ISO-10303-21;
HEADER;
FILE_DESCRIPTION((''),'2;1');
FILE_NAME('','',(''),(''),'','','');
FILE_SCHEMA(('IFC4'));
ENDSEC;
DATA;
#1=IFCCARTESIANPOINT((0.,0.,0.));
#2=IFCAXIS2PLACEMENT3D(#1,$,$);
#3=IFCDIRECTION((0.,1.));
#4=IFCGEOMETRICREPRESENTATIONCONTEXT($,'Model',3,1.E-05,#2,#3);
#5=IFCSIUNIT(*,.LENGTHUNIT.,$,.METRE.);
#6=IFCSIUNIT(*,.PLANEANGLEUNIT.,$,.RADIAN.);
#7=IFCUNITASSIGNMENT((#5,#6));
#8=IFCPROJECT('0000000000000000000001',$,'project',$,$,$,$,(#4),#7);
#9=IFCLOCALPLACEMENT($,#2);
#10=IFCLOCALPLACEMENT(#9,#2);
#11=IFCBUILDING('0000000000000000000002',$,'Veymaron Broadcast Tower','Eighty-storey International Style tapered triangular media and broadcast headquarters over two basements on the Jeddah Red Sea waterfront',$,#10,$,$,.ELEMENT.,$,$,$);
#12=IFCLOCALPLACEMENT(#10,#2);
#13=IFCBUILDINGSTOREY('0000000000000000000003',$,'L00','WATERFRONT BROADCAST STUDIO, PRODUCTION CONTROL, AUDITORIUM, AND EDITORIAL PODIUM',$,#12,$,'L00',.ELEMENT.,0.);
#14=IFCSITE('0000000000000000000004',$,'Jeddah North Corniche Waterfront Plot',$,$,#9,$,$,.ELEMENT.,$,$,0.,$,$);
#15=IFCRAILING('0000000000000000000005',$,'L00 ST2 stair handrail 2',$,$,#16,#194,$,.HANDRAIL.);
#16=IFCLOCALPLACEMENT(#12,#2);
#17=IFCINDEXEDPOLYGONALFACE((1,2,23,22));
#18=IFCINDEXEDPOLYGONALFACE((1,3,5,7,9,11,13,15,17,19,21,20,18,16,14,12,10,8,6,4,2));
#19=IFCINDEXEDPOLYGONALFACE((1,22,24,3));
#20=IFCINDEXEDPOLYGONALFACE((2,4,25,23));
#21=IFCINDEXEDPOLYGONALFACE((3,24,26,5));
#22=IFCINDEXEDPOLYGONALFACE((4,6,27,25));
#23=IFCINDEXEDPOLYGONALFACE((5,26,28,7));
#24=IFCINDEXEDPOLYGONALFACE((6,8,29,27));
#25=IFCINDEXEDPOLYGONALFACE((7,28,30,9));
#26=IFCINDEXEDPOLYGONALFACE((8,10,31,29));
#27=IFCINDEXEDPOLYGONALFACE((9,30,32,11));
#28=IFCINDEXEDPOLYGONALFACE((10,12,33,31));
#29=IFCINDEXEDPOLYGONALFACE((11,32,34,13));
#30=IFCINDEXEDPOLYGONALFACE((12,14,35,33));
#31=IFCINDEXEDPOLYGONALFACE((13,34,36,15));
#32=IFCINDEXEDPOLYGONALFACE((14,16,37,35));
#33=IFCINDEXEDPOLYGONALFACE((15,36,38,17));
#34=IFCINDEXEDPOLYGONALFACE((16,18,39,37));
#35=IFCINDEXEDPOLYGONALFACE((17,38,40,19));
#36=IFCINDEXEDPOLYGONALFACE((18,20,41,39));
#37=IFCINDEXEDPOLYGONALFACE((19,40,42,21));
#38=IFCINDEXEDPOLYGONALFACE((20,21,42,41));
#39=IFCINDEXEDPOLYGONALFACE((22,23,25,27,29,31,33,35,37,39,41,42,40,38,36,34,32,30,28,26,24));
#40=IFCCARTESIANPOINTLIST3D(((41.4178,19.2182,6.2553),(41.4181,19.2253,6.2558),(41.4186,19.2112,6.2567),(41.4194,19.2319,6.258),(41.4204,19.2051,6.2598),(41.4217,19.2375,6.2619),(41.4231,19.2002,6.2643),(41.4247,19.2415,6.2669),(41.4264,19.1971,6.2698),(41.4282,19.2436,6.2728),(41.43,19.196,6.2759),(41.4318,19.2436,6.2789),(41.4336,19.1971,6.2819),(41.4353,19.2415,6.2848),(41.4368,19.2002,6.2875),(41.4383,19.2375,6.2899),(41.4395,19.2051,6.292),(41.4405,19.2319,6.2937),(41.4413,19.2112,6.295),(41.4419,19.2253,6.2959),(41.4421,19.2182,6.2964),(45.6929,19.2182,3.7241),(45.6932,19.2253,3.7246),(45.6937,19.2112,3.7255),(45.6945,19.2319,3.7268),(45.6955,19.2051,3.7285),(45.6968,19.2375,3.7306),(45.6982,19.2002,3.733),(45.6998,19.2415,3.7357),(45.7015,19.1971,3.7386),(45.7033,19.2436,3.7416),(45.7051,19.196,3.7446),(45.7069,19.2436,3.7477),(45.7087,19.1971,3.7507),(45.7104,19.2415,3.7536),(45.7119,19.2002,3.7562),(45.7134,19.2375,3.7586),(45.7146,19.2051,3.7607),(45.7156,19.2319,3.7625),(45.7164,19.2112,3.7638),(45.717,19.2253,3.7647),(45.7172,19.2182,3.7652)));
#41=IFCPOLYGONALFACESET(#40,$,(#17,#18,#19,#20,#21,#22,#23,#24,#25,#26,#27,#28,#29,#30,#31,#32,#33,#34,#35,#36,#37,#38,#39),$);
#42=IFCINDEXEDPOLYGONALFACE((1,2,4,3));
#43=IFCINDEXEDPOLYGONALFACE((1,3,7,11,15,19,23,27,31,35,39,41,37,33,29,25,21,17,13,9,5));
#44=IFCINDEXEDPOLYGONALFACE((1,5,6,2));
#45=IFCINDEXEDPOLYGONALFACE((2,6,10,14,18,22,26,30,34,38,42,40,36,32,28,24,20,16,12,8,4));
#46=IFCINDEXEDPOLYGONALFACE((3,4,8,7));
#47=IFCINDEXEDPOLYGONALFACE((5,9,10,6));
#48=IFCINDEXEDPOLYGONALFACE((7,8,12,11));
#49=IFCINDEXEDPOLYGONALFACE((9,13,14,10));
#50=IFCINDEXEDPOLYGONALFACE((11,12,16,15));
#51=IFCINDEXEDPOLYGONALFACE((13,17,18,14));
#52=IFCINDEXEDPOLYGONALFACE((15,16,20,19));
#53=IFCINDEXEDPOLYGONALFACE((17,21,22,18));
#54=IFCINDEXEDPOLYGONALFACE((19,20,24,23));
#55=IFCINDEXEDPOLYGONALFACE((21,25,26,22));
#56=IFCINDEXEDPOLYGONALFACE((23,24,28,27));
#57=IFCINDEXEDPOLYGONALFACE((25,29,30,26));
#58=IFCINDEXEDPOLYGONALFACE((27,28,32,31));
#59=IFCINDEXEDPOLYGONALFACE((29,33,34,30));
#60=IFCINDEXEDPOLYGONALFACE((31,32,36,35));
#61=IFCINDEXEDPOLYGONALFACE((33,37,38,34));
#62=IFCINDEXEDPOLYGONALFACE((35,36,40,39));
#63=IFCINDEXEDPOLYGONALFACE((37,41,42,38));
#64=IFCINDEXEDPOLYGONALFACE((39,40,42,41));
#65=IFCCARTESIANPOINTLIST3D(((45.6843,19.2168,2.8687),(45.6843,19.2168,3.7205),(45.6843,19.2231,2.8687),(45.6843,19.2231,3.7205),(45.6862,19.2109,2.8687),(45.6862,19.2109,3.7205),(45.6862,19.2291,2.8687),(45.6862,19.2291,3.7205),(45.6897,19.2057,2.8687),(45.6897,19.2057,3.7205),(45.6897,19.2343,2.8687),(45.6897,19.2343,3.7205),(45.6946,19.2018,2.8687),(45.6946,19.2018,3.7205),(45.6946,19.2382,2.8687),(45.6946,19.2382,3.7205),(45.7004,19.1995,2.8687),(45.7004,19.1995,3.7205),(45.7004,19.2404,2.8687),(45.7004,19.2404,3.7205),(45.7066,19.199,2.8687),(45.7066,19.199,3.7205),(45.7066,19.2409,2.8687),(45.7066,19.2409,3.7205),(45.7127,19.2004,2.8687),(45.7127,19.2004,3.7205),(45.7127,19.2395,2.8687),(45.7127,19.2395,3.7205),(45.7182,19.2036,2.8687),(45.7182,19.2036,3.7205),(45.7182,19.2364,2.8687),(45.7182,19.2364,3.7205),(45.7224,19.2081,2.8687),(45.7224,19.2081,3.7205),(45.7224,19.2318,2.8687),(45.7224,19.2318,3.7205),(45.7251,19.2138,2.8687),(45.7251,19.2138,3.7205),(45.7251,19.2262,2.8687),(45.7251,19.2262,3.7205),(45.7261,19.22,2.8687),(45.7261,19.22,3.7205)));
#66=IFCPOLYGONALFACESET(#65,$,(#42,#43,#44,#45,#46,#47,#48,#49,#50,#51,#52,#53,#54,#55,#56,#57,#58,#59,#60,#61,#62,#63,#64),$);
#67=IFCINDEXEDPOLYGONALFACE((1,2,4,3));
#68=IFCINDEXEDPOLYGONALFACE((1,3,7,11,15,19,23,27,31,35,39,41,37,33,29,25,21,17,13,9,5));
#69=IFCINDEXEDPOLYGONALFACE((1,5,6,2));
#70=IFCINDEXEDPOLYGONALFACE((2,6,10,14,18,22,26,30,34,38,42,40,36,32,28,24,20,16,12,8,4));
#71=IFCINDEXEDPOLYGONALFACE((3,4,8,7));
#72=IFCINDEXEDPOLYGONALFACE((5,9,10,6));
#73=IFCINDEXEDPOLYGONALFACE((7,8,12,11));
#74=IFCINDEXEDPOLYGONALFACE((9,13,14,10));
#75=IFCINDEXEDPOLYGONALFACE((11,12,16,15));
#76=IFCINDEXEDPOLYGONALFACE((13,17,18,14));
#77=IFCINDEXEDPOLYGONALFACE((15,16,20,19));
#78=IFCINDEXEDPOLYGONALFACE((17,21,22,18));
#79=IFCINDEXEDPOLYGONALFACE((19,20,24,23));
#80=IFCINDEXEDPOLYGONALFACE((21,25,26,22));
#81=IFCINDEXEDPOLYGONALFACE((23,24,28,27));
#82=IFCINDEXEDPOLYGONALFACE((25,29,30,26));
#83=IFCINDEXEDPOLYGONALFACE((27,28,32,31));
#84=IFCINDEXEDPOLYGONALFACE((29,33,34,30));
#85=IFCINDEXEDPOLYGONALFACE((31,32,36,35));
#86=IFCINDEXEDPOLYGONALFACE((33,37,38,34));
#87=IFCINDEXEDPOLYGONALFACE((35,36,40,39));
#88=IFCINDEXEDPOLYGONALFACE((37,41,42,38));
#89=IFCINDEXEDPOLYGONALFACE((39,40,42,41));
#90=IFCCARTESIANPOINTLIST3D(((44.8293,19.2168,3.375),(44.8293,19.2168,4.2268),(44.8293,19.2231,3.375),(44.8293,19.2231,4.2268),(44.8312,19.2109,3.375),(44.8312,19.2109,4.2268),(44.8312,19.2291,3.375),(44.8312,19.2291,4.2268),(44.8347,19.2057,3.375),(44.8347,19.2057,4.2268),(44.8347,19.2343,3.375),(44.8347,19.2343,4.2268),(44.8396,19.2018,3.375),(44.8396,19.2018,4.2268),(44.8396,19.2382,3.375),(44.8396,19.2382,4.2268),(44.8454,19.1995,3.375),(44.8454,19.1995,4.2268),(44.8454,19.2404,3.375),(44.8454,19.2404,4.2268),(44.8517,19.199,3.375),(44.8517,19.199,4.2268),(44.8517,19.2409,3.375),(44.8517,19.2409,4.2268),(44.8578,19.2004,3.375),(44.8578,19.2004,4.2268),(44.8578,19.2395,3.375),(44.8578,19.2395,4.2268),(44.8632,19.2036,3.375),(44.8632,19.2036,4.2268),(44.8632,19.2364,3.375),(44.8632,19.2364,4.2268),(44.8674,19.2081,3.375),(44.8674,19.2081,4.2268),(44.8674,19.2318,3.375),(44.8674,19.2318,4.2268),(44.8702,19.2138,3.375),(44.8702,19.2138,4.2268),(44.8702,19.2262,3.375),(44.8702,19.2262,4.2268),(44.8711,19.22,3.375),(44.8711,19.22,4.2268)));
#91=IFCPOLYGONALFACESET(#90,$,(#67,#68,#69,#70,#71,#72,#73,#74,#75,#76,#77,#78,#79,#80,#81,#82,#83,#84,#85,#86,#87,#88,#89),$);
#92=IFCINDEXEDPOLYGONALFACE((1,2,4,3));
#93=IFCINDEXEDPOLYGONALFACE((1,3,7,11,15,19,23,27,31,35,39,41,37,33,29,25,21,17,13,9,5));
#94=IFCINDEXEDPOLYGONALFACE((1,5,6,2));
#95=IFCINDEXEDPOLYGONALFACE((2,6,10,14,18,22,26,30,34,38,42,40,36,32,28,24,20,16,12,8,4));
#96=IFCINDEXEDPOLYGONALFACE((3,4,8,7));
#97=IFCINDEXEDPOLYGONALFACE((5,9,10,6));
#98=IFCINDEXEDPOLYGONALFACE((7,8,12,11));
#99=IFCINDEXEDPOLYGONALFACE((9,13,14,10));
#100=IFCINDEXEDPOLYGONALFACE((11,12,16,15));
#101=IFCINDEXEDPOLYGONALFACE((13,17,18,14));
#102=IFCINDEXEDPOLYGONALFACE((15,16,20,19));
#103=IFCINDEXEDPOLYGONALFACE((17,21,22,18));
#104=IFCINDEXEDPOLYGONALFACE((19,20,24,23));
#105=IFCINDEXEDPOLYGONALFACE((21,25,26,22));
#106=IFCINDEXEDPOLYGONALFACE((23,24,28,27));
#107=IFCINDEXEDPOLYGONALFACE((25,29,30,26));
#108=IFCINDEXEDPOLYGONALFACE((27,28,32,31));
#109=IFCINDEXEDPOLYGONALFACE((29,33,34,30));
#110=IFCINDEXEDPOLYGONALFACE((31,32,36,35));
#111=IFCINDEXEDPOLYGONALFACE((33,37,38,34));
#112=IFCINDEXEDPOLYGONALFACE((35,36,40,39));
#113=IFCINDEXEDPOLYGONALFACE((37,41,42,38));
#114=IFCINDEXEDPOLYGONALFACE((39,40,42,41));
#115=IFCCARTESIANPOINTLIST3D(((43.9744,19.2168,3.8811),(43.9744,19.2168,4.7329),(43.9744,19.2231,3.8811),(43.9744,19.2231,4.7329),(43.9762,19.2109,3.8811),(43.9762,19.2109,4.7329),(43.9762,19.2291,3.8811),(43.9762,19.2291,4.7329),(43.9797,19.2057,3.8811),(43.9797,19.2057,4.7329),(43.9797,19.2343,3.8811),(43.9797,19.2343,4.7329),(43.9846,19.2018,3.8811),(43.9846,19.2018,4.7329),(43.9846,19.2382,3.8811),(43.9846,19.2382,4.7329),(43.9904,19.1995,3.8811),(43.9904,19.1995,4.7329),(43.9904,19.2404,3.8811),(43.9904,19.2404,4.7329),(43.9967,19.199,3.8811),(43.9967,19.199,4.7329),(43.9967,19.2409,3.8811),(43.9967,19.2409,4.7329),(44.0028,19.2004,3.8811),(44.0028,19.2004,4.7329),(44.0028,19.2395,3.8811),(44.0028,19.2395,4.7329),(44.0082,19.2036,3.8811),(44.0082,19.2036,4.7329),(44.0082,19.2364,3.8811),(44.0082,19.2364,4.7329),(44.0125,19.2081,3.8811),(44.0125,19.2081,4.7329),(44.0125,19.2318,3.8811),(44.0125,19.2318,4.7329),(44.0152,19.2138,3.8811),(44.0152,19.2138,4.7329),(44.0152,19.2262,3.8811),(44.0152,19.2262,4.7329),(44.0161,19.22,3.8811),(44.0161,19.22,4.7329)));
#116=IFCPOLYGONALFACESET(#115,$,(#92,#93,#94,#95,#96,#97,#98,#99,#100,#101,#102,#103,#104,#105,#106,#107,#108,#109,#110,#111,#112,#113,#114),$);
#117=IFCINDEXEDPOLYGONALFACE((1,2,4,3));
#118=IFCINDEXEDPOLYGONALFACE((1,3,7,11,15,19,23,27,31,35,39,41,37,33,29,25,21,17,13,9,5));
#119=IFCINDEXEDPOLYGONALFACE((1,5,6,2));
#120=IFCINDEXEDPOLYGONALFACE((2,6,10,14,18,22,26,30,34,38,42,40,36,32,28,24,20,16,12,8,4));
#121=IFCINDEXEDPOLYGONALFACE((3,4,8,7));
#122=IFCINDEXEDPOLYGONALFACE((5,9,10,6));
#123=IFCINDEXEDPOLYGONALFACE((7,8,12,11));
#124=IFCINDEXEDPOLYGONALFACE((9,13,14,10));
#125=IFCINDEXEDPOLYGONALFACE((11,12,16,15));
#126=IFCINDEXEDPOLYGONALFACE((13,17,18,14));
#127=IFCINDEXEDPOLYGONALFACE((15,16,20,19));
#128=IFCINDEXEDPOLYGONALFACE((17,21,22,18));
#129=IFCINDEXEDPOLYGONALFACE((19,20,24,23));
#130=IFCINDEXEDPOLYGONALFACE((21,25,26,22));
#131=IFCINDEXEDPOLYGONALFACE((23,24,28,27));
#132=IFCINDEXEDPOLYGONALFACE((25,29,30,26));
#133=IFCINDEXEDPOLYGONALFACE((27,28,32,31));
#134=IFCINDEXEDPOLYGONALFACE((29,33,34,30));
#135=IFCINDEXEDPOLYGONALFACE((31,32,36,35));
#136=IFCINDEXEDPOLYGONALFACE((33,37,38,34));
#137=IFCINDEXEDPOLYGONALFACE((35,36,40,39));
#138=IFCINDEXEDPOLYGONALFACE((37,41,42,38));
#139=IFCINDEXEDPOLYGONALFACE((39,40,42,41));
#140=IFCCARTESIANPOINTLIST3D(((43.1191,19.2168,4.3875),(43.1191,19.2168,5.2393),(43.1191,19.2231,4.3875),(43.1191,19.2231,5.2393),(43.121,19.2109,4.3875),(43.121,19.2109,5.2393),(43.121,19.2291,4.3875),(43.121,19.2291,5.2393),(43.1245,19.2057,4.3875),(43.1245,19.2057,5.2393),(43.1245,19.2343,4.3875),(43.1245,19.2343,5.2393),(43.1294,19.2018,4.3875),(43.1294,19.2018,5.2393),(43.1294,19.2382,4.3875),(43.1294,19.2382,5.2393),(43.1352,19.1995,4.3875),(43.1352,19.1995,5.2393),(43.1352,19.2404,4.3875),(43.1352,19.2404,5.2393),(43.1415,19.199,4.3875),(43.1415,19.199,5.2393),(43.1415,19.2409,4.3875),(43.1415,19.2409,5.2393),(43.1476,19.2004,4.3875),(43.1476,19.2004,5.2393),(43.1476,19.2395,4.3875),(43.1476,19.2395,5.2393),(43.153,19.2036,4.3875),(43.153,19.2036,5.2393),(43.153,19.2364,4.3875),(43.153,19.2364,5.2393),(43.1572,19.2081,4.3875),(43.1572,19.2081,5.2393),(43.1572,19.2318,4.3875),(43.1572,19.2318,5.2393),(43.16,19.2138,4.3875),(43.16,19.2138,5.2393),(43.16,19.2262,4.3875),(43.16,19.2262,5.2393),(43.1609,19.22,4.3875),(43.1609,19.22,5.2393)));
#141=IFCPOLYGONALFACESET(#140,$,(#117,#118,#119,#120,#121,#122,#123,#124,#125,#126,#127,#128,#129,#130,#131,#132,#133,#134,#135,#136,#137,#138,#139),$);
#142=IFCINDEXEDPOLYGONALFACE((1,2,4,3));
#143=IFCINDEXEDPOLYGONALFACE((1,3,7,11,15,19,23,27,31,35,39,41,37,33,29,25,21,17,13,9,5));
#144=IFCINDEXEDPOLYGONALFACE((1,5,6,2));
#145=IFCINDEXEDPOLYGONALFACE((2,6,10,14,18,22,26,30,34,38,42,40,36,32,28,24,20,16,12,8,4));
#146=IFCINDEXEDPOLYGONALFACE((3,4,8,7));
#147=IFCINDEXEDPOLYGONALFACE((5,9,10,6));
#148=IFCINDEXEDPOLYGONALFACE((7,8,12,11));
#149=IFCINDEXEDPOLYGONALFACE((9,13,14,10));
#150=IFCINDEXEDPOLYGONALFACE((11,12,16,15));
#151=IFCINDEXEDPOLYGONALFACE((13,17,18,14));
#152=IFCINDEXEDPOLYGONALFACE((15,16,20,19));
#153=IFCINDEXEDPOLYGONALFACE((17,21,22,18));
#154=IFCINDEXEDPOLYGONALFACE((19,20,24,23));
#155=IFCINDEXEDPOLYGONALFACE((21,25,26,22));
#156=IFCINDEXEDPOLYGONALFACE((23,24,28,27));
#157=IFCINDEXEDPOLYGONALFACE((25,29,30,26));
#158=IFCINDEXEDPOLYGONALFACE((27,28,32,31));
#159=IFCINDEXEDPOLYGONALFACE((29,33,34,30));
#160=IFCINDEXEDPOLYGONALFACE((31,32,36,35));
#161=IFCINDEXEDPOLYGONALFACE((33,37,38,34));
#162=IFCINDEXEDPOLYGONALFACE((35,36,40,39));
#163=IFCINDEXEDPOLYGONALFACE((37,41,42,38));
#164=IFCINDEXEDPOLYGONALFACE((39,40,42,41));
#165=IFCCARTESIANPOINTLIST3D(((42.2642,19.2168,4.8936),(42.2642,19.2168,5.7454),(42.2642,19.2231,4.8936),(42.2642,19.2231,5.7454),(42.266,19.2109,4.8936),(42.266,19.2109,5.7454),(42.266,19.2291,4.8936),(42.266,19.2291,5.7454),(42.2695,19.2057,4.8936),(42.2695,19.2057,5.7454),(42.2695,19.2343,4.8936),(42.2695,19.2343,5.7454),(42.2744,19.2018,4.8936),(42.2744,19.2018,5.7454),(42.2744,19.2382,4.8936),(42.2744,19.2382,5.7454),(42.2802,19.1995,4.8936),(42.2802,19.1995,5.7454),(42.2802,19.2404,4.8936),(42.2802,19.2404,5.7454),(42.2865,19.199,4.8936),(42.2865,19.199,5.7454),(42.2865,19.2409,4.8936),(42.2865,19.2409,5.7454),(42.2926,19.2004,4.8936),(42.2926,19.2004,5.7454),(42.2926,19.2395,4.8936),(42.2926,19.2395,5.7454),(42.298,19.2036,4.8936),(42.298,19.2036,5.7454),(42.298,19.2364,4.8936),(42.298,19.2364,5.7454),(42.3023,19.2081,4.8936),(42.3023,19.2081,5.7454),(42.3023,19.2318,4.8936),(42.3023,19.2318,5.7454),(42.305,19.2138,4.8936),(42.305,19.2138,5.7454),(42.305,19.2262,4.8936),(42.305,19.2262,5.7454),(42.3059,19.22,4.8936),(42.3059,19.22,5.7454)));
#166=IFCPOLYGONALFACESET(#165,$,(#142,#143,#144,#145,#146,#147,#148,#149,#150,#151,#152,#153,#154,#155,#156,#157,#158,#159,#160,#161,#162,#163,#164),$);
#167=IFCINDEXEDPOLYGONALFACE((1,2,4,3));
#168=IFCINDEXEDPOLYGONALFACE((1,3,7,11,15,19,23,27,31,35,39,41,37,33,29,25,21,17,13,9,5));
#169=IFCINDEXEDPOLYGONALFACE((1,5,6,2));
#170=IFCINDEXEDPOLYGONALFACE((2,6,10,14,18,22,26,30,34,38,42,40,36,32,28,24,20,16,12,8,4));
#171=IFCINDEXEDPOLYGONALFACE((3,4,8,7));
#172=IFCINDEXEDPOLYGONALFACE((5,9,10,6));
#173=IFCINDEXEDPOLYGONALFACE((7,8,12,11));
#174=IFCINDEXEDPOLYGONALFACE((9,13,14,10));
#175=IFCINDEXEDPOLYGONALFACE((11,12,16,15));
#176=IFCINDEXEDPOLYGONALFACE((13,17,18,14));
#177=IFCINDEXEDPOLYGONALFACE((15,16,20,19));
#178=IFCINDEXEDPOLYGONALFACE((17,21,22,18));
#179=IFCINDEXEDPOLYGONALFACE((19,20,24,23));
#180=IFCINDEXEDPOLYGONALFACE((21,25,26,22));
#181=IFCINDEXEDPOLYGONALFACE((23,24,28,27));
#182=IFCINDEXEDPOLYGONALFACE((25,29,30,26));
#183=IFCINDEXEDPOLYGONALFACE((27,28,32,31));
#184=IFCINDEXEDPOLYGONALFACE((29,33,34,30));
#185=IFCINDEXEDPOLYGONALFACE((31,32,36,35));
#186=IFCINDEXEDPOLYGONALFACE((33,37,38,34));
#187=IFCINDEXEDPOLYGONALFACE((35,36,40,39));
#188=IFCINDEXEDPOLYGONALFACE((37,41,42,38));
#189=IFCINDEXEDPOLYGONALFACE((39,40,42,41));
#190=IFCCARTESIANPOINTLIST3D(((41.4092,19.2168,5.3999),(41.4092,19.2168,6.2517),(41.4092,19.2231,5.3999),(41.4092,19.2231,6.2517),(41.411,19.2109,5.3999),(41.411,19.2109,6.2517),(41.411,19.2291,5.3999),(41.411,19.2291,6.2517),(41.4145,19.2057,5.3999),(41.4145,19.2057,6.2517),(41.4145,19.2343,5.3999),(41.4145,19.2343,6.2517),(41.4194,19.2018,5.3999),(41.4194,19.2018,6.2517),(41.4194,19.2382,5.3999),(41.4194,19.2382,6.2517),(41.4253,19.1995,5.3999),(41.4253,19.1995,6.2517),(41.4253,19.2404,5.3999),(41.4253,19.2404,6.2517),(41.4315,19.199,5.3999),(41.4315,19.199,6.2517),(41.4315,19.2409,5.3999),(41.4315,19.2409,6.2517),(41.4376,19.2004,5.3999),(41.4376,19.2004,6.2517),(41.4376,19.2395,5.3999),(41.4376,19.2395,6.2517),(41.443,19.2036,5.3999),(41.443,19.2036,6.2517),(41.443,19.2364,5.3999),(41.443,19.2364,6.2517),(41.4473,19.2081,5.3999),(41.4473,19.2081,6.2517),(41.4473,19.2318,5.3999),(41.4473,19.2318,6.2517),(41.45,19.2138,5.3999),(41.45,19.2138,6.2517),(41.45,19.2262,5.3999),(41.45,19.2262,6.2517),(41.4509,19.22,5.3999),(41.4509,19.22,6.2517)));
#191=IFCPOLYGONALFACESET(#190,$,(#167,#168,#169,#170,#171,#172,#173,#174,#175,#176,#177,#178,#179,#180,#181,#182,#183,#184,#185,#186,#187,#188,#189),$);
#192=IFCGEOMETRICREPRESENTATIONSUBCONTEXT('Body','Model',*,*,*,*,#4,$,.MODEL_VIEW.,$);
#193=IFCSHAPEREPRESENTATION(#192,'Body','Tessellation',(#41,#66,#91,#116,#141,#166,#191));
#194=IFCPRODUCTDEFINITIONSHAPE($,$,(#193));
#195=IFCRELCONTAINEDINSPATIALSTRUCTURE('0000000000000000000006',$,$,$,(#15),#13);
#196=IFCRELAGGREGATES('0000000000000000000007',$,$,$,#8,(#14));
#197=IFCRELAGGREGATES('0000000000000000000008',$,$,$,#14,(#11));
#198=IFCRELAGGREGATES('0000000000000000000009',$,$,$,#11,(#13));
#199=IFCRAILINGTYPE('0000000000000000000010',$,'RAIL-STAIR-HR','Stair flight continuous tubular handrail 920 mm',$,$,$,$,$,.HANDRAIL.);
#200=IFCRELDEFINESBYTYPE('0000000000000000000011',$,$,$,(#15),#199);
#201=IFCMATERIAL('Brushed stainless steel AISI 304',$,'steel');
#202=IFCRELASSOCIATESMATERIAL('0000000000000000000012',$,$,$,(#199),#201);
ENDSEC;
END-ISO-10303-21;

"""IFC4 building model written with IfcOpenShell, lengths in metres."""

from ifc_helpers import new_model, si_unit, direction, frame, origin, origin_2d, place, context, subcontext, project, spatial, circle, extrude, material, type_object, element, save


model = new_model("IFC4")

# Units and contexts
model_context = context("Model", 3, precision=1e-05, world=origin(), true_north=direction((0.0, 1.0)))
body_context = subcontext(model_context, "Body", "Model", "MODEL_VIEW")
ifc_project = project(units=[si_unit("LENGTHUNIT", "METRE"), si_unit("PLANEANGLEUNIT", "RADIAN")], contexts=[model_context])

# Site, building, storey
site_placement = place(None, origin())
site = spatial("IfcSite", under=ifc_project, at=site_placement, Name="Jeddah North Corniche Waterfront Plot", CompositionType="ELEMENT", RefElevation=0.0)
building_placement = place(site_placement, origin())
building = spatial("IfcBuilding", under=site, at=building_placement, Name="Veymaron Broadcast Tower", Description="Eighty-storey International Style tapered triangular media and broadcast headquarters over two basements on the Jeddah Red Sea waterfront", CompositionType="ELEMENT")
storey_placement = place(building_placement, origin())
storey = spatial("IfcBuildingStorey", under=building, at=storey_placement, Name="L00", Description="WATERFRONT BROADCAST STUDIO, PRODUCTION CONTROL, AUDITORIUM, AND EDITORIAL PODIUM", LongName="L00", CompositionType="ELEMENT", Elevation=0.0)

# Shared definitions
ifc_material_1 = material(Name="Brushed stainless steel AISI 304", Category="steel")

# Railing
railing_type = type_object("IfcRailingType", Name="RAIL-STAIR-HR", Description="Stair flight continuous tubular handrail 920 mm", PredefinedType="HANDRAIL", material=ifc_material_1)
railing_placement = place(storey_placement, frame((45.7051, 19.22, 2.8687)))
element("IfcRailing", 1, at=railing_placement, inside=storey, type_object=railing_type, Name="L00 ST2 stair handrail 2", PredefinedType="HANDRAIL", context=body_context, shape_type="SweptSolid", body=[
    extrude(circle(Radius=0.0239, at=origin_2d()), frame((0.0, 0.0, 0.876), z_axis=(-0.860483, 0.0, 0.509479), x_axis=(0.0, -1.0, 0.0)), (0.0, 0.0, 1.0), 4.9683),
    extrude(circle(Radius=0.021, at=origin_2d()), origin(), (0.0, 0.0, 1.0), 0.8518),
    extrude(circle(Radius=0.021, at=origin_2d()), frame((-0.855, 0.0, 0.5063)), (0.0, 0.0, 1.0), 0.8518),
    extrude(circle(Radius=0.021, at=origin_2d()), frame((-1.71, 0.0, 1.0125)), (0.0, 0.0, 1.0), 0.8518),
    extrude(circle(Radius=0.021, at=origin_2d()), frame((-2.5652, 0.0, 1.5188)), (0.0, 0.0, 1.0), 0.8518),
    extrude(circle(Radius=0.021, at=origin_2d()), frame((-3.4202, 0.0, 2.0249)), (0.0, 0.0, 1.0), 0.8518),
    extrude(circle(Radius=0.021, at=origin_2d()), frame((-4.2751, 0.0, 2.5312)), (0.0, 0.0, 1.0), 0.8518),
])

save(model, "model.ifc")
